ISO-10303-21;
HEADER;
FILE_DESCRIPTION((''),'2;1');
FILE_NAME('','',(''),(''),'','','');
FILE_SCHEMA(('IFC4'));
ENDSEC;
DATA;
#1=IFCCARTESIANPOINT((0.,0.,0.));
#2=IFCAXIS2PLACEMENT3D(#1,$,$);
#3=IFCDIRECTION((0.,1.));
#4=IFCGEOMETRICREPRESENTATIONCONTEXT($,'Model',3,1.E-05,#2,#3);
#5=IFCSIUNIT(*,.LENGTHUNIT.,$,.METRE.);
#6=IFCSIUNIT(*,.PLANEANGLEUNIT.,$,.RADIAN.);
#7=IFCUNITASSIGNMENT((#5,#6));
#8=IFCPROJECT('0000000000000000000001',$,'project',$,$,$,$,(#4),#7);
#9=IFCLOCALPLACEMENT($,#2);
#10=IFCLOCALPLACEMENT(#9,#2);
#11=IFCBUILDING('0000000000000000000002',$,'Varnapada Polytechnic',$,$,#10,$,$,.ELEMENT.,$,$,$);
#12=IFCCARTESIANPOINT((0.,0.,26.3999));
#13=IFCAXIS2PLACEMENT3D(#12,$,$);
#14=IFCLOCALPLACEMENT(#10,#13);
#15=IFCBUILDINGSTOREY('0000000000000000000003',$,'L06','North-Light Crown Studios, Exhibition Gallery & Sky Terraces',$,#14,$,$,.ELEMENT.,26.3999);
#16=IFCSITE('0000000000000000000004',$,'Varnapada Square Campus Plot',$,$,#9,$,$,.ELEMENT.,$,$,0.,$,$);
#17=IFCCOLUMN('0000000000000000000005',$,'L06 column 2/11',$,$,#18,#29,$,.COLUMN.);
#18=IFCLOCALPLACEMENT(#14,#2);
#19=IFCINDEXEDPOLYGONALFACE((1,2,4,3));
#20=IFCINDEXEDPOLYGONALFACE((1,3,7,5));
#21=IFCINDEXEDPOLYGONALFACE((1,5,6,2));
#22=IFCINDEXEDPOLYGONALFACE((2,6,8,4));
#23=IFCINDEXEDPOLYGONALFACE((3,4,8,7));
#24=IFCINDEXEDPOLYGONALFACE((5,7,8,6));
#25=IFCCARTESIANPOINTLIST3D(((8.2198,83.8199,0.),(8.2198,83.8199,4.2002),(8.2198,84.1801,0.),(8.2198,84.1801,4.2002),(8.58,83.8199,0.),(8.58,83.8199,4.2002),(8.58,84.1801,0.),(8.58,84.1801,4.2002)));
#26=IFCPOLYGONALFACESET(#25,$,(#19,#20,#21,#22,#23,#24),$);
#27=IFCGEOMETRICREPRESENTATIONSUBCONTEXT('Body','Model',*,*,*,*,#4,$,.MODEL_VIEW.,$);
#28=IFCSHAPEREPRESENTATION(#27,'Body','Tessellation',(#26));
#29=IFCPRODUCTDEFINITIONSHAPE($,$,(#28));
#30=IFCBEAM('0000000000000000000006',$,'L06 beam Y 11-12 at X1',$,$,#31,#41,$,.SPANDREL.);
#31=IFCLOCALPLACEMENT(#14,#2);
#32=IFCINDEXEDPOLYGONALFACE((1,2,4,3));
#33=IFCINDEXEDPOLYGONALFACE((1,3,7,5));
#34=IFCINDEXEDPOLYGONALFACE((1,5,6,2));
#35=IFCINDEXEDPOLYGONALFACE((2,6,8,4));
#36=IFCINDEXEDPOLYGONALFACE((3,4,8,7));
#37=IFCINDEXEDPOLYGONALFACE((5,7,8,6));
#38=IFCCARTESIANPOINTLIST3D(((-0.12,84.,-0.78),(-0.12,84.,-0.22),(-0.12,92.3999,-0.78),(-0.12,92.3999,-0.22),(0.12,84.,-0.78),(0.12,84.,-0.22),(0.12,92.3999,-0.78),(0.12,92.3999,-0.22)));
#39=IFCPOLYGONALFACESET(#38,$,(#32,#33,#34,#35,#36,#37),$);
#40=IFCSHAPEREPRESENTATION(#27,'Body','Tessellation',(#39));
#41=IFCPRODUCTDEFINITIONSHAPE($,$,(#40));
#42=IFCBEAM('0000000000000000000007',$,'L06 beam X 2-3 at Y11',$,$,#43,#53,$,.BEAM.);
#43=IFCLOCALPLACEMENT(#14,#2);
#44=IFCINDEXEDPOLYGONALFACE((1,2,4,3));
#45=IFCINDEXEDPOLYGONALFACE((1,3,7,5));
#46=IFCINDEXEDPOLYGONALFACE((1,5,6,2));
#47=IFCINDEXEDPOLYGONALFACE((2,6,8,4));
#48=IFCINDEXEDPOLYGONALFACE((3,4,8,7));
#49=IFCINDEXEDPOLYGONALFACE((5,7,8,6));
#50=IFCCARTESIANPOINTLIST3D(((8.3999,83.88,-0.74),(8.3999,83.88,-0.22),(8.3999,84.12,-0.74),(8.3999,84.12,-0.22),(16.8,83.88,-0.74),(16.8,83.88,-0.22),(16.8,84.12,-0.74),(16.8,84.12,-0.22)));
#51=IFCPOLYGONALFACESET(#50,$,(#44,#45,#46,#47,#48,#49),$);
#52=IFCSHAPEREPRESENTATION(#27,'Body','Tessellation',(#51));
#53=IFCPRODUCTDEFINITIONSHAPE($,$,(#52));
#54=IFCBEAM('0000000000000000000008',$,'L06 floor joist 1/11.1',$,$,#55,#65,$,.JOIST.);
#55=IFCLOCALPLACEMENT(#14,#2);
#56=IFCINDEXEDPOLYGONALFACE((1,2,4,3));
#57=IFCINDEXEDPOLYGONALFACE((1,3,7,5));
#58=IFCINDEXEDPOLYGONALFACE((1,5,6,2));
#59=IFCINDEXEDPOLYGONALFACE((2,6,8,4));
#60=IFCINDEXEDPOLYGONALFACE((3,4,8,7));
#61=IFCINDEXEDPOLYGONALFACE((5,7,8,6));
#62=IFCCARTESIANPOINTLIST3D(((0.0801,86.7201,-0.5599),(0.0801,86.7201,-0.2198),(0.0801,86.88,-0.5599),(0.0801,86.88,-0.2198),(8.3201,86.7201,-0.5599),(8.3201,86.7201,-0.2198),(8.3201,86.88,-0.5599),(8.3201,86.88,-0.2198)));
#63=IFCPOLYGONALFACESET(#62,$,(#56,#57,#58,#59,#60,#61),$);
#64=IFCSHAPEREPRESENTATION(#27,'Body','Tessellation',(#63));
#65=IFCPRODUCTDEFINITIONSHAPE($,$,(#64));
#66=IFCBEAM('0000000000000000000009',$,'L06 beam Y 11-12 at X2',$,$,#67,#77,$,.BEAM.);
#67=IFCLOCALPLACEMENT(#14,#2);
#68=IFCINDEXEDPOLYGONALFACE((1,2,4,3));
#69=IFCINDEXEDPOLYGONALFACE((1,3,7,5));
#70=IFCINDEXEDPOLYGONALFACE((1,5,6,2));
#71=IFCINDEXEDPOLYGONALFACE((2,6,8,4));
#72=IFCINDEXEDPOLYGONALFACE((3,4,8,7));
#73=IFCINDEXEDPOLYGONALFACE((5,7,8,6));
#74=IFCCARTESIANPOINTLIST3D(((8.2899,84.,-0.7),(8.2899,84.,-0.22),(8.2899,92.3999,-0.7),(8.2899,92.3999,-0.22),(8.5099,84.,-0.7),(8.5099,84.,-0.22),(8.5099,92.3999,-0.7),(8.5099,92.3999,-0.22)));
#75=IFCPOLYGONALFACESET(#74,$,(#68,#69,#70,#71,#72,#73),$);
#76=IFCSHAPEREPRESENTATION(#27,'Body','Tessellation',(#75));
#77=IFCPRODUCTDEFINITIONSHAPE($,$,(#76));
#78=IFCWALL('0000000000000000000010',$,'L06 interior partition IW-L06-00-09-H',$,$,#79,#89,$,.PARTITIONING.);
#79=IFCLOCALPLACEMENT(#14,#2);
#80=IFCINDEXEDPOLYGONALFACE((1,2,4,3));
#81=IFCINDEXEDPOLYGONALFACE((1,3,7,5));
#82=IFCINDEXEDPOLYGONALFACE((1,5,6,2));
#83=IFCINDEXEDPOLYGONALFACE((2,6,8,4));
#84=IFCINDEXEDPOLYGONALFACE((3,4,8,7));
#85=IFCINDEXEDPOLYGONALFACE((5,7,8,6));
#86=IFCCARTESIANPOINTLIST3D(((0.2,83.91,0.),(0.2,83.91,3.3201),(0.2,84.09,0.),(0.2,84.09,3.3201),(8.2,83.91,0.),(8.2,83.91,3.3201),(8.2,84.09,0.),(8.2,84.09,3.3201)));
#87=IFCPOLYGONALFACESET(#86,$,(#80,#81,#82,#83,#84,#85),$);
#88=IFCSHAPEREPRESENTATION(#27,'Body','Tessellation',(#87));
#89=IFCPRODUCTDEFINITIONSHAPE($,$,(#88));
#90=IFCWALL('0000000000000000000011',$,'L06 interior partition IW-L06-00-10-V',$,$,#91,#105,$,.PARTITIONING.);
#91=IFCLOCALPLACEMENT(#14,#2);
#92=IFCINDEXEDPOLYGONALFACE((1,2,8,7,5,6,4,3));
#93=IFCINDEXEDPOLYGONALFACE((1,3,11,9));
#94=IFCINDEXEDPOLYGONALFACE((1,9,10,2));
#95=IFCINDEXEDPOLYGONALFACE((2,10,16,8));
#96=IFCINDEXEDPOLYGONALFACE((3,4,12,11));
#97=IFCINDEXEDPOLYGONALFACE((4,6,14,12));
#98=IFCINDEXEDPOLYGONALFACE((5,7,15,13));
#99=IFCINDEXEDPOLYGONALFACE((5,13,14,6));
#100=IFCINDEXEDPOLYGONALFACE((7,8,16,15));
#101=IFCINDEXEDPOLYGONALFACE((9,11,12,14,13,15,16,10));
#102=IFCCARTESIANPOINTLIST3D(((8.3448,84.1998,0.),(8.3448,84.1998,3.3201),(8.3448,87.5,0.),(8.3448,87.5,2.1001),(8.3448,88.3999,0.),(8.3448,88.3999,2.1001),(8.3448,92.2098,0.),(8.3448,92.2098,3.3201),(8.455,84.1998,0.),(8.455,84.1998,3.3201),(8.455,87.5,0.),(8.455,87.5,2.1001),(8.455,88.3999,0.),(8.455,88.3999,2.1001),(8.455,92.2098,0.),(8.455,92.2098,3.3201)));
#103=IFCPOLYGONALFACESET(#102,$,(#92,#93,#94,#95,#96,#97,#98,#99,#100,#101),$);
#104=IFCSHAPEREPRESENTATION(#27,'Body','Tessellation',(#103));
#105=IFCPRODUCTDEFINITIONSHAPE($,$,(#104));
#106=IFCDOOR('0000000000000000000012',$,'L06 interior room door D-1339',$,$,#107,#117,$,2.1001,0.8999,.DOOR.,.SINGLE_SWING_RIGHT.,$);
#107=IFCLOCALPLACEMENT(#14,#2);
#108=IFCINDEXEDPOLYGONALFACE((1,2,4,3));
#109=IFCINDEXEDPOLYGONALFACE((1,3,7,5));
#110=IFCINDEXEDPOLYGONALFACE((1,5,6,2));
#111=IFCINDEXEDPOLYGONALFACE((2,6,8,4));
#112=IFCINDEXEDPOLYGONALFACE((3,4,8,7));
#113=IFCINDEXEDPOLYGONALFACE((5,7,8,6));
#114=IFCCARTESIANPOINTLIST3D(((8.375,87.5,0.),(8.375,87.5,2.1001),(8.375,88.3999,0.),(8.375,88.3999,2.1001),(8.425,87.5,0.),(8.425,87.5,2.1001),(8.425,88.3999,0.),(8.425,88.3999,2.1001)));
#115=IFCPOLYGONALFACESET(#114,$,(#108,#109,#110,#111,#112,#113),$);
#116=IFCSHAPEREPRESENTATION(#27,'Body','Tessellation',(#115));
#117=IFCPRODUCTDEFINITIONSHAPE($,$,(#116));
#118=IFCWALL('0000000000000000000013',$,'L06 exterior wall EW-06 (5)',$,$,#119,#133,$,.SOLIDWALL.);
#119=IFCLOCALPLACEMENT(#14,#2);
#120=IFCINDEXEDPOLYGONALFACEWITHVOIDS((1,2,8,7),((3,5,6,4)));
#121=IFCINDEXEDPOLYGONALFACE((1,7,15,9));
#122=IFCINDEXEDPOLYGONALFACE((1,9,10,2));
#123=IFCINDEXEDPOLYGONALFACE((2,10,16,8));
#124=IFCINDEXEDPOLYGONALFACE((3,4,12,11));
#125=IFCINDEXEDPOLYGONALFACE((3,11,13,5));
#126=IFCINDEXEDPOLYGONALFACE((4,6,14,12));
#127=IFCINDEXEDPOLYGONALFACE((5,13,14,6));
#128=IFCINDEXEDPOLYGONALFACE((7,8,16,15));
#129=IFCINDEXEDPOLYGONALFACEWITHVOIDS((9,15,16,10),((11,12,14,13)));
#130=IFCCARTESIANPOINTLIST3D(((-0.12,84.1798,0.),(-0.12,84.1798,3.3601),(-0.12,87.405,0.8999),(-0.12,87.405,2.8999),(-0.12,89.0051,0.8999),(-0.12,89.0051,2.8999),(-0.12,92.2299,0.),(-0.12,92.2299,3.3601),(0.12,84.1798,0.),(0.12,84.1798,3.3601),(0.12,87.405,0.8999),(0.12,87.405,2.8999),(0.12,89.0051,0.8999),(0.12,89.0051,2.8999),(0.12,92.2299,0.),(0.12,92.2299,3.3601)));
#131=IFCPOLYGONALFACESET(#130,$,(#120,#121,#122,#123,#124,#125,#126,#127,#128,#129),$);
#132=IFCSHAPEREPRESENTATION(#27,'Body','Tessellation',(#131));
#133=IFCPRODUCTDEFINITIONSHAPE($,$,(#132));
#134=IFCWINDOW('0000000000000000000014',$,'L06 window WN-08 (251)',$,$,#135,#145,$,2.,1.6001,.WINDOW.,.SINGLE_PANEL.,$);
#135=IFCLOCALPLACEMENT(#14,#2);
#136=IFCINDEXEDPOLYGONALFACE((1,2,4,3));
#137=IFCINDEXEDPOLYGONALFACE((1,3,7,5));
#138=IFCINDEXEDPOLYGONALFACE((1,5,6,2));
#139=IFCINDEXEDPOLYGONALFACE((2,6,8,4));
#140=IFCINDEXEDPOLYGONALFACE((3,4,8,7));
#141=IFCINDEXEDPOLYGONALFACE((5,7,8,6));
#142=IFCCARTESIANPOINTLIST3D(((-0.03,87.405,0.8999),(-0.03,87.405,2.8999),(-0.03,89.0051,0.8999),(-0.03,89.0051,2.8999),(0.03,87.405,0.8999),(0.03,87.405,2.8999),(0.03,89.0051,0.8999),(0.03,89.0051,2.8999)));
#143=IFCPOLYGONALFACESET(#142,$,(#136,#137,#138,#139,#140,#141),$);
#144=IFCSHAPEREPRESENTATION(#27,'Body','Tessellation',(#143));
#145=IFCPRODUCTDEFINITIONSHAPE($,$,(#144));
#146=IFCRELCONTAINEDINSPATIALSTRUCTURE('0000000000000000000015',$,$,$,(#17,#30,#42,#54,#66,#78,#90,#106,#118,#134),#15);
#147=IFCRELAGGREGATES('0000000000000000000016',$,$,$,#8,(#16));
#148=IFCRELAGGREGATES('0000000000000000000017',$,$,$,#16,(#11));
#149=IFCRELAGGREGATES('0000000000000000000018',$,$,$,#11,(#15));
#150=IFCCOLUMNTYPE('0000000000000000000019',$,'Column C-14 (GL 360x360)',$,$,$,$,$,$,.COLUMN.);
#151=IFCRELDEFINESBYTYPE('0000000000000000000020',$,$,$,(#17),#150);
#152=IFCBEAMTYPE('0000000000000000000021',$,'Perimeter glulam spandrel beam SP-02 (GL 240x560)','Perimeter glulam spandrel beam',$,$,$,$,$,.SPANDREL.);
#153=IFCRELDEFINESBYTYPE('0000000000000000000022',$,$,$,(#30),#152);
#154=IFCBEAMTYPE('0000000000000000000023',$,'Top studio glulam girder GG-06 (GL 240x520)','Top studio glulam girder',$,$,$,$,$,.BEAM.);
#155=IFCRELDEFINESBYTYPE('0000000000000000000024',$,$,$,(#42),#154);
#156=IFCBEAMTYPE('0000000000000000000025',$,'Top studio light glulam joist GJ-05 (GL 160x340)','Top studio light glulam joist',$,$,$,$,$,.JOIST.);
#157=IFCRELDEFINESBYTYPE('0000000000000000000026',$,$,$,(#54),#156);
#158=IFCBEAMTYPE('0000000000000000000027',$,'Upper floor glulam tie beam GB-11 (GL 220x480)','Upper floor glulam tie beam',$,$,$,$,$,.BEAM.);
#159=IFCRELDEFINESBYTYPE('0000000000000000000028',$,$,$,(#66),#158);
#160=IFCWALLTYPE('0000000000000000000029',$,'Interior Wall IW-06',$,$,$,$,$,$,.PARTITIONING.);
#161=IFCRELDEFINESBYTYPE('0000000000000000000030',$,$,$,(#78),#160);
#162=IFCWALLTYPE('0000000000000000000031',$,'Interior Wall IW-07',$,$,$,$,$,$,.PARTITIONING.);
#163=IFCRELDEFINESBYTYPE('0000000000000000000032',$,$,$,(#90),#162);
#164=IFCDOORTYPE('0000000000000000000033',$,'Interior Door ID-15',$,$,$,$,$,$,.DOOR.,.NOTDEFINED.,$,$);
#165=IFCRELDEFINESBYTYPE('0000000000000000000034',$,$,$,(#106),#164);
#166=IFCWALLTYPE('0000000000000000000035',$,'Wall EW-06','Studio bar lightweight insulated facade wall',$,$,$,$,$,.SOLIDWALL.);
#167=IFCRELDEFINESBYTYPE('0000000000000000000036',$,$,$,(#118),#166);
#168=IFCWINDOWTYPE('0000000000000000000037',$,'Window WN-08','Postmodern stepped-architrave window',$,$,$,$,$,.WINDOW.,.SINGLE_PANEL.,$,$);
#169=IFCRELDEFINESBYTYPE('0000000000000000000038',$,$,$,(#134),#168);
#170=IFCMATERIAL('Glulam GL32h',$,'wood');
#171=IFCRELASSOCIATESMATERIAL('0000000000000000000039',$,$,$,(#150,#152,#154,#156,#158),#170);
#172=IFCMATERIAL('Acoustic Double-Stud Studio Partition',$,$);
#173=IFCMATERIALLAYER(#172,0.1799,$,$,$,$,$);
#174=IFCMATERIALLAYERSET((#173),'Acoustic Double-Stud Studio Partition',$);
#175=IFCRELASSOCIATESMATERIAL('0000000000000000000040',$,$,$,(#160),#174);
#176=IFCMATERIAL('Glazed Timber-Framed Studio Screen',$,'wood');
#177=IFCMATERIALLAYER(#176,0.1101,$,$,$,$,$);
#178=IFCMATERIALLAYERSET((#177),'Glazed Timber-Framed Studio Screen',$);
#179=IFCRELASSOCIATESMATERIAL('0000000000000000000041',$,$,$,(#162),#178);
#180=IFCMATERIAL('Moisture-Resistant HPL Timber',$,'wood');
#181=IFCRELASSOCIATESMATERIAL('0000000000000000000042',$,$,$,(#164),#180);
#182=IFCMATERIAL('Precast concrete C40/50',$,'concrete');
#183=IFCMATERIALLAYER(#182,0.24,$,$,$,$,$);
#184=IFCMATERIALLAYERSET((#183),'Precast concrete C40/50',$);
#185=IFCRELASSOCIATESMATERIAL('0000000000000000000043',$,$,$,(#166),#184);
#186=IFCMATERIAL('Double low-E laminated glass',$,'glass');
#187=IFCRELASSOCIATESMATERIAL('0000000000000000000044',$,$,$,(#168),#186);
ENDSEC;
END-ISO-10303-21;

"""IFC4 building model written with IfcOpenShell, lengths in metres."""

from ifc_helpers import new_model, si_unit, direction, frame, frame_2d, origin, origin_2d, place, context, subcontext, project, spatial, rectangle, extrude, material, layer, layer_set, material_profile, profile_set, type_object, element, fill, save


model = new_model("IFC4")

# Units and contexts
model_context = context("Model", 3, precision=1e-05, world=origin(), true_north=direction((0.0, 1.0)))
body_context = subcontext(model_context, "Body", "Model", "MODEL_VIEW")
ifc_project = project(units=[si_unit("LENGTHUNIT", "METRE"), si_unit("PLANEANGLEUNIT", "RADIAN")], contexts=[model_context])

# Site, building, storey
site_placement = place(None, origin())
site = spatial("IfcSite", under=ifc_project, at=site_placement, Name="Varnapada Square Campus Plot", CompositionType="ELEMENT", RefElevation=0.0)
building_placement = place(site_placement, origin())
building = spatial("IfcBuilding", under=site, at=building_placement, Name="Varnapada Polytechnic", CompositionType="ELEMENT")
storey_placement = place(building_placement, frame((0.0, 0.0, 26.3999)))
storey = spatial("IfcBuildingStorey", under=building, at=storey_placement, Name="L06", Description="North-Light Crown Studios, Exhibition Gallery & Sky Terraces", CompositionType="ELEMENT", Elevation=26.3999)

# Column
ifc_material_1 = material(Name="Glulam GL32h", Category="wood")
ifc_material_profile_1 = material_profile(ifc_material_1, rectangle(XDim=0.3601, YDim=0.3601, at=origin_2d()), Name="GL 360x360")
ifc_profile_set_1 = profile_set([ifc_material_profile_1], Name="Glulam GL32h")
column_type = type_object("IfcColumnType", Name="Column C-14 (GL 360x360)", PredefinedType="COLUMN", material=ifc_profile_set_1)
column_placement = place(storey_placement, frame((8.3999, 84.0, 0.0), z_axis=(0.0, 0.0, 1.0), x_axis=(1.0, 0.0, 0.0)))
element("IfcColumn", 1, at=column_placement, inside=storey, type_object=column_type, Name="L06 column 2/11", PredefinedType="COLUMN", context=body_context, shape_type="SweptSolid", body=[
    extrude(rectangle(XDim=0.3601, YDim=0.3601, at=origin_2d()), origin(), (0.0, 0.0, 1.0), 4.2002),
])

# Beams
ifc_material_profile_2 = material_profile(ifc_material_1, rectangle(XDim=0.24, YDim=0.5601, at=origin_2d()), Name="GL 240x560")
ifc_profile_set_2 = profile_set([ifc_material_profile_2], Name="Glulam GL32h")
beam_type_1 = type_object("IfcBeamType", Name="Perimeter glulam spandrel beam SP-02 (GL 240x560)", Description="Perimeter glulam spandrel beam", PredefinedType="SPANDREL", material=ifc_profile_set_2)
beam_1_placement = place(storey_placement, frame((0.0, 84.0, -0.5), z_axis=(0.0, 1.0, 0.0), x_axis=(-1.0, 0.0, 0.0)))
element("IfcBeam", 2, at=beam_1_placement, inside=storey, type_object=beam_type_1, Name="L06 beam Y 11-12 at X1", PredefinedType="SPANDREL", context=body_context, shape_type="SweptSolid", body=[
    extrude(rectangle(XDim=0.24, YDim=0.5601, at=origin_2d()), origin(), (0.0, 0.0, 1.0), 8.3999),
])
ifc_material_profile_3 = material_profile(ifc_material_1, rectangle(XDim=0.24, YDim=0.52, at=origin_2d()), Name="GL 240x520")
ifc_profile_set_3 = profile_set([ifc_material_profile_3], Name="Glulam GL32h")
beam_type_2 = type_object("IfcBeamType", Name="Top studio glulam girder GG-06 (GL 240x520)", Description="Top studio glulam girder", PredefinedType="BEAM", material=ifc_profile_set_3)
beam_2_placement = place(storey_placement, frame((8.3999, 84.0, -0.48), z_axis=(1.0, 0.0, 0.0), x_axis=(0.0, 1.0, 0.0)))
element("IfcBeam", 3, at=beam_2_placement, inside=storey, type_object=beam_type_2, Name="L06 beam X 2-3 at Y11", PredefinedType="BEAM", context=body_context, shape_type="SweptSolid", body=[
    extrude(rectangle(XDim=0.24, YDim=0.52, at=origin_2d()), origin(), (0.0, 0.0, 1.0), 8.4001),
])
ifc_material_profile_4 = material_profile(ifc_material_1, rectangle(XDim=0.1599, YDim=0.3401, at=origin_2d()), Name="GL 160x340")
ifc_profile_set_4 = profile_set([ifc_material_profile_4], Name="Glulam GL32h")
beam_type_3 = type_object("IfcBeamType", Name="Top studio light glulam joist GJ-05 (GL 160x340)", Description="Top studio light glulam joist", PredefinedType="JOIST", material=ifc_profile_set_4)
beam_3_placement = place(storey_placement, frame((0.0801, 86.8, -0.3899), z_axis=(1.0, 0.0, 0.0), x_axis=(0.0, 1.0, 0.0)))
element("IfcBeam", 4, at=beam_3_placement, inside=storey, type_object=beam_type_3, Name="L06 floor joist 1/11.1", PredefinedType="JOIST", context=body_context, shape_type="SweptSolid", body=[
    extrude(rectangle(XDim=0.1599, YDim=0.3401, at=origin_2d()), origin(), (0.0, 0.0, 1.0), 8.24),
])
ifc_material_profile_5 = material_profile(ifc_material_1, rectangle(XDim=0.22, YDim=0.48, at=origin_2d()), Name="GL 220x480")
ifc_profile_set_5 = profile_set([ifc_material_profile_5], Name="Glulam GL32h")
beam_type_4 = type_object("IfcBeamType", Name="Upper floor glulam tie beam GB-11 (GL 220x480)", Description="Upper floor glulam tie beam", PredefinedType="BEAM", material=ifc_profile_set_5)
beam_4_placement = place(storey_placement, frame((8.3999, 84.0, -0.46), z_axis=(0.0, 1.0, 0.0), x_axis=(-1.0, 0.0, 0.0)))
element("IfcBeam", 5, at=beam_4_placement, inside=storey, type_object=beam_type_4, Name="L06 beam Y 11-12 at X2", PredefinedType="BEAM", context=body_context, shape_type="SweptSolid", body=[
    extrude(rectangle(XDim=0.22, YDim=0.48, at=origin_2d()), origin(), (0.0, 0.0, 1.0), 8.3999),
])

# Wall
ifc_material_2 = material(Name="Acoustic Double-Stud Studio Partition")
ifc_layer_1 = layer(ifc_material_2, 0.1799)
ifc_layer_set_1 = layer_set([ifc_layer_1], Name="Acoustic Double-Stud Studio Partition")
wall_type_1 = type_object("IfcWallType", Name="Interior Wall IW-06", PredefinedType="PARTITIONING", material=ifc_layer_set_1)
wall_1_placement = place(storey_placement, frame((0.2, 84.0, 0.0), z_axis=(0.0, 0.0, 1.0), x_axis=(1.0, 0.0, 0.0)))
element("IfcWall", 6, at=wall_1_placement, inside=storey, type_object=wall_type_1, Name="L06 interior partition IW-L06-00-09-H", PredefinedType="PARTITIONING", context=body_context, shape_type="SweptSolid", body=[
    extrude(rectangle(XDim=8.0, YDim=0.1799, at=frame_2d((4.0, 0.0))), origin(), (0.0, 0.0, 1.0), 3.3201),
])

# Wall, opening, door
ifc_material_3 = material(Name="Glazed Timber-Framed Studio Screen", Category="wood")
ifc_layer_2 = layer(ifc_material_3, 0.1101)
ifc_layer_set_2 = layer_set([ifc_layer_2], Name="Glazed Timber-Framed Studio Screen")
wall_type_2 = type_object("IfcWallType", Name="Interior Wall IW-07", PredefinedType="PARTITIONING", material=ifc_layer_set_2)
wall_2_placement = place(storey_placement, frame((8.3999, 84.2, 0.0), z_axis=(0.0, 0.0, 1.0), x_axis=(0.0, 1.0, 0.0)))
wall_2 = element("IfcWall", 7, at=wall_2_placement, inside=storey, type_object=wall_type_2, Name="L06 interior partition IW-L06-00-10-V", PredefinedType="PARTITIONING", context=body_context, shape_type="SweptSolid", body=[
    extrude(rectangle(XDim=8.01, YDim=0.1101, at=frame_2d((4.0049, 0.0))), origin(), (0.0, 0.0, 1.0), 3.3201),
])
opening_1_placement = place(wall_2_placement, frame((3.3, 0.0, 0.0)))
opening_1 = element("IfcOpeningElement", 8, at=opening_1_placement, cuts=wall_2, PredefinedType="OPENING", context=body_context, shape_type="SweptSolid", body=[
    extrude(rectangle(XDim=0.8999, YDim=2.1001, at=frame_2d((0.45, 1.05))), frame((0.0, 0.0649, 0.0), z_axis=(0.0, -1.0, 0.0), x_axis=(1.0, 0.0, 0.0)), (0.0, 0.0, 1.0), 0.1301),
])
ifc_material_4 = material(Name="Moisture-Resistant HPL Timber", Category="wood")
door_type = type_object("IfcDoorType", Name="Interior Door ID-15", OperationType="NOTDEFINED", PredefinedType="DOOR", material=ifc_material_4)
door_placement = place(opening_1_placement, origin())
door = element("IfcDoor", 9, at=door_placement, inside=storey, type_object=door_type, Name="L06 interior room door D-1339", OperationType="SINGLE_SWING_RIGHT", OverallHeight=2.1001, OverallWidth=0.8999, PredefinedType="DOOR", context=body_context, shape_type="SweptSolid", body=[
    extrude(rectangle(XDim=0.8999, YDim=2.1001, at=frame_2d((0.45, 1.05))), frame((0.0, 0.0249, 0.0), z_axis=(0.0, -1.0, 0.0), x_axis=(1.0, 0.0, 0.0)), (0.0, 0.0, 1.0), 0.05),
])
fill(opening_1, door)

# Wall, opening, window
ifc_material_5 = material(Name="Precast concrete C40/50", Category="concrete")
ifc_layer_3 = layer(ifc_material_5, 0.24)
ifc_layer_set_3 = layer_set([ifc_layer_3], Name="Precast concrete C40/50")
wall_type_3 = type_object("IfcWallType", Name="Wall EW-06", Description="Studio bar lightweight insulated facade wall", PredefinedType="SOLIDWALL", material=ifc_layer_set_3)
wall_3_placement = place(storey_placement, frame((0.0, 84.1799, 0.0), z_axis=(0.0, 0.0, 1.0), x_axis=(0.0, 1.0, 0.0)))
wall_3 = element("IfcWall", 10, at=wall_3_placement, inside=storey, type_object=wall_type_3, Name="L06 exterior wall EW-06 (5)", PredefinedType="SOLIDWALL", context=body_context, shape_type="SweptSolid", body=[
    extrude(rectangle(XDim=8.05, YDim=0.24, at=frame_2d((4.0249, 0.0))), origin(), (0.0, 0.0, 1.0), 3.3601),
])
opening_2_placement = place(wall_3_placement, frame((3.2251, 0.0, 0.8999)))
opening_2 = element("IfcOpeningElement", 11, at=opening_2_placement, cuts=wall_3, PredefinedType="OPENING", context=body_context, shape_type="SweptSolid", body=[
    extrude(rectangle(XDim=1.6001, YDim=2.0, at=frame_2d((0.8, 1.0))), frame((0.0, 0.1299, 0.0), z_axis=(0.0, -1.0, 0.0), x_axis=(1.0, 0.0, 0.0)), (0.0, 0.0, 1.0), 0.26),
])
ifc_material_6 = material(Name="Double low-E laminated glass", Category="glass")
window_type = type_object("IfcWindowType", Name="Window WN-08", Description="Postmodern stepped-architrave window", PartitioningType="SINGLE_PANEL", PredefinedType="WINDOW", material=ifc_material_6)
window_placement = place(opening_2_placement, origin())
window = element("IfcWindow", 12, at=window_placement, inside=storey, type_object=window_type, Name="L06 window WN-08 (251)", OverallHeight=2.0, OverallWidth=1.6001, PartitioningType="SINGLE_PANEL", PredefinedType="WINDOW", context=body_context, shape_type="SweptSolid", body=[
    extrude(rectangle(XDim=1.6001, YDim=2.0, at=frame_2d((0.8, 1.0))), frame((0.0, 0.03, 0.0), z_axis=(0.0, -1.0, 0.0), x_axis=(1.0, 0.0, 0.0)), (0.0, 0.0, 1.0), 0.0601),
])
fill(opening_2, window)

save(model, "model.ifc")
